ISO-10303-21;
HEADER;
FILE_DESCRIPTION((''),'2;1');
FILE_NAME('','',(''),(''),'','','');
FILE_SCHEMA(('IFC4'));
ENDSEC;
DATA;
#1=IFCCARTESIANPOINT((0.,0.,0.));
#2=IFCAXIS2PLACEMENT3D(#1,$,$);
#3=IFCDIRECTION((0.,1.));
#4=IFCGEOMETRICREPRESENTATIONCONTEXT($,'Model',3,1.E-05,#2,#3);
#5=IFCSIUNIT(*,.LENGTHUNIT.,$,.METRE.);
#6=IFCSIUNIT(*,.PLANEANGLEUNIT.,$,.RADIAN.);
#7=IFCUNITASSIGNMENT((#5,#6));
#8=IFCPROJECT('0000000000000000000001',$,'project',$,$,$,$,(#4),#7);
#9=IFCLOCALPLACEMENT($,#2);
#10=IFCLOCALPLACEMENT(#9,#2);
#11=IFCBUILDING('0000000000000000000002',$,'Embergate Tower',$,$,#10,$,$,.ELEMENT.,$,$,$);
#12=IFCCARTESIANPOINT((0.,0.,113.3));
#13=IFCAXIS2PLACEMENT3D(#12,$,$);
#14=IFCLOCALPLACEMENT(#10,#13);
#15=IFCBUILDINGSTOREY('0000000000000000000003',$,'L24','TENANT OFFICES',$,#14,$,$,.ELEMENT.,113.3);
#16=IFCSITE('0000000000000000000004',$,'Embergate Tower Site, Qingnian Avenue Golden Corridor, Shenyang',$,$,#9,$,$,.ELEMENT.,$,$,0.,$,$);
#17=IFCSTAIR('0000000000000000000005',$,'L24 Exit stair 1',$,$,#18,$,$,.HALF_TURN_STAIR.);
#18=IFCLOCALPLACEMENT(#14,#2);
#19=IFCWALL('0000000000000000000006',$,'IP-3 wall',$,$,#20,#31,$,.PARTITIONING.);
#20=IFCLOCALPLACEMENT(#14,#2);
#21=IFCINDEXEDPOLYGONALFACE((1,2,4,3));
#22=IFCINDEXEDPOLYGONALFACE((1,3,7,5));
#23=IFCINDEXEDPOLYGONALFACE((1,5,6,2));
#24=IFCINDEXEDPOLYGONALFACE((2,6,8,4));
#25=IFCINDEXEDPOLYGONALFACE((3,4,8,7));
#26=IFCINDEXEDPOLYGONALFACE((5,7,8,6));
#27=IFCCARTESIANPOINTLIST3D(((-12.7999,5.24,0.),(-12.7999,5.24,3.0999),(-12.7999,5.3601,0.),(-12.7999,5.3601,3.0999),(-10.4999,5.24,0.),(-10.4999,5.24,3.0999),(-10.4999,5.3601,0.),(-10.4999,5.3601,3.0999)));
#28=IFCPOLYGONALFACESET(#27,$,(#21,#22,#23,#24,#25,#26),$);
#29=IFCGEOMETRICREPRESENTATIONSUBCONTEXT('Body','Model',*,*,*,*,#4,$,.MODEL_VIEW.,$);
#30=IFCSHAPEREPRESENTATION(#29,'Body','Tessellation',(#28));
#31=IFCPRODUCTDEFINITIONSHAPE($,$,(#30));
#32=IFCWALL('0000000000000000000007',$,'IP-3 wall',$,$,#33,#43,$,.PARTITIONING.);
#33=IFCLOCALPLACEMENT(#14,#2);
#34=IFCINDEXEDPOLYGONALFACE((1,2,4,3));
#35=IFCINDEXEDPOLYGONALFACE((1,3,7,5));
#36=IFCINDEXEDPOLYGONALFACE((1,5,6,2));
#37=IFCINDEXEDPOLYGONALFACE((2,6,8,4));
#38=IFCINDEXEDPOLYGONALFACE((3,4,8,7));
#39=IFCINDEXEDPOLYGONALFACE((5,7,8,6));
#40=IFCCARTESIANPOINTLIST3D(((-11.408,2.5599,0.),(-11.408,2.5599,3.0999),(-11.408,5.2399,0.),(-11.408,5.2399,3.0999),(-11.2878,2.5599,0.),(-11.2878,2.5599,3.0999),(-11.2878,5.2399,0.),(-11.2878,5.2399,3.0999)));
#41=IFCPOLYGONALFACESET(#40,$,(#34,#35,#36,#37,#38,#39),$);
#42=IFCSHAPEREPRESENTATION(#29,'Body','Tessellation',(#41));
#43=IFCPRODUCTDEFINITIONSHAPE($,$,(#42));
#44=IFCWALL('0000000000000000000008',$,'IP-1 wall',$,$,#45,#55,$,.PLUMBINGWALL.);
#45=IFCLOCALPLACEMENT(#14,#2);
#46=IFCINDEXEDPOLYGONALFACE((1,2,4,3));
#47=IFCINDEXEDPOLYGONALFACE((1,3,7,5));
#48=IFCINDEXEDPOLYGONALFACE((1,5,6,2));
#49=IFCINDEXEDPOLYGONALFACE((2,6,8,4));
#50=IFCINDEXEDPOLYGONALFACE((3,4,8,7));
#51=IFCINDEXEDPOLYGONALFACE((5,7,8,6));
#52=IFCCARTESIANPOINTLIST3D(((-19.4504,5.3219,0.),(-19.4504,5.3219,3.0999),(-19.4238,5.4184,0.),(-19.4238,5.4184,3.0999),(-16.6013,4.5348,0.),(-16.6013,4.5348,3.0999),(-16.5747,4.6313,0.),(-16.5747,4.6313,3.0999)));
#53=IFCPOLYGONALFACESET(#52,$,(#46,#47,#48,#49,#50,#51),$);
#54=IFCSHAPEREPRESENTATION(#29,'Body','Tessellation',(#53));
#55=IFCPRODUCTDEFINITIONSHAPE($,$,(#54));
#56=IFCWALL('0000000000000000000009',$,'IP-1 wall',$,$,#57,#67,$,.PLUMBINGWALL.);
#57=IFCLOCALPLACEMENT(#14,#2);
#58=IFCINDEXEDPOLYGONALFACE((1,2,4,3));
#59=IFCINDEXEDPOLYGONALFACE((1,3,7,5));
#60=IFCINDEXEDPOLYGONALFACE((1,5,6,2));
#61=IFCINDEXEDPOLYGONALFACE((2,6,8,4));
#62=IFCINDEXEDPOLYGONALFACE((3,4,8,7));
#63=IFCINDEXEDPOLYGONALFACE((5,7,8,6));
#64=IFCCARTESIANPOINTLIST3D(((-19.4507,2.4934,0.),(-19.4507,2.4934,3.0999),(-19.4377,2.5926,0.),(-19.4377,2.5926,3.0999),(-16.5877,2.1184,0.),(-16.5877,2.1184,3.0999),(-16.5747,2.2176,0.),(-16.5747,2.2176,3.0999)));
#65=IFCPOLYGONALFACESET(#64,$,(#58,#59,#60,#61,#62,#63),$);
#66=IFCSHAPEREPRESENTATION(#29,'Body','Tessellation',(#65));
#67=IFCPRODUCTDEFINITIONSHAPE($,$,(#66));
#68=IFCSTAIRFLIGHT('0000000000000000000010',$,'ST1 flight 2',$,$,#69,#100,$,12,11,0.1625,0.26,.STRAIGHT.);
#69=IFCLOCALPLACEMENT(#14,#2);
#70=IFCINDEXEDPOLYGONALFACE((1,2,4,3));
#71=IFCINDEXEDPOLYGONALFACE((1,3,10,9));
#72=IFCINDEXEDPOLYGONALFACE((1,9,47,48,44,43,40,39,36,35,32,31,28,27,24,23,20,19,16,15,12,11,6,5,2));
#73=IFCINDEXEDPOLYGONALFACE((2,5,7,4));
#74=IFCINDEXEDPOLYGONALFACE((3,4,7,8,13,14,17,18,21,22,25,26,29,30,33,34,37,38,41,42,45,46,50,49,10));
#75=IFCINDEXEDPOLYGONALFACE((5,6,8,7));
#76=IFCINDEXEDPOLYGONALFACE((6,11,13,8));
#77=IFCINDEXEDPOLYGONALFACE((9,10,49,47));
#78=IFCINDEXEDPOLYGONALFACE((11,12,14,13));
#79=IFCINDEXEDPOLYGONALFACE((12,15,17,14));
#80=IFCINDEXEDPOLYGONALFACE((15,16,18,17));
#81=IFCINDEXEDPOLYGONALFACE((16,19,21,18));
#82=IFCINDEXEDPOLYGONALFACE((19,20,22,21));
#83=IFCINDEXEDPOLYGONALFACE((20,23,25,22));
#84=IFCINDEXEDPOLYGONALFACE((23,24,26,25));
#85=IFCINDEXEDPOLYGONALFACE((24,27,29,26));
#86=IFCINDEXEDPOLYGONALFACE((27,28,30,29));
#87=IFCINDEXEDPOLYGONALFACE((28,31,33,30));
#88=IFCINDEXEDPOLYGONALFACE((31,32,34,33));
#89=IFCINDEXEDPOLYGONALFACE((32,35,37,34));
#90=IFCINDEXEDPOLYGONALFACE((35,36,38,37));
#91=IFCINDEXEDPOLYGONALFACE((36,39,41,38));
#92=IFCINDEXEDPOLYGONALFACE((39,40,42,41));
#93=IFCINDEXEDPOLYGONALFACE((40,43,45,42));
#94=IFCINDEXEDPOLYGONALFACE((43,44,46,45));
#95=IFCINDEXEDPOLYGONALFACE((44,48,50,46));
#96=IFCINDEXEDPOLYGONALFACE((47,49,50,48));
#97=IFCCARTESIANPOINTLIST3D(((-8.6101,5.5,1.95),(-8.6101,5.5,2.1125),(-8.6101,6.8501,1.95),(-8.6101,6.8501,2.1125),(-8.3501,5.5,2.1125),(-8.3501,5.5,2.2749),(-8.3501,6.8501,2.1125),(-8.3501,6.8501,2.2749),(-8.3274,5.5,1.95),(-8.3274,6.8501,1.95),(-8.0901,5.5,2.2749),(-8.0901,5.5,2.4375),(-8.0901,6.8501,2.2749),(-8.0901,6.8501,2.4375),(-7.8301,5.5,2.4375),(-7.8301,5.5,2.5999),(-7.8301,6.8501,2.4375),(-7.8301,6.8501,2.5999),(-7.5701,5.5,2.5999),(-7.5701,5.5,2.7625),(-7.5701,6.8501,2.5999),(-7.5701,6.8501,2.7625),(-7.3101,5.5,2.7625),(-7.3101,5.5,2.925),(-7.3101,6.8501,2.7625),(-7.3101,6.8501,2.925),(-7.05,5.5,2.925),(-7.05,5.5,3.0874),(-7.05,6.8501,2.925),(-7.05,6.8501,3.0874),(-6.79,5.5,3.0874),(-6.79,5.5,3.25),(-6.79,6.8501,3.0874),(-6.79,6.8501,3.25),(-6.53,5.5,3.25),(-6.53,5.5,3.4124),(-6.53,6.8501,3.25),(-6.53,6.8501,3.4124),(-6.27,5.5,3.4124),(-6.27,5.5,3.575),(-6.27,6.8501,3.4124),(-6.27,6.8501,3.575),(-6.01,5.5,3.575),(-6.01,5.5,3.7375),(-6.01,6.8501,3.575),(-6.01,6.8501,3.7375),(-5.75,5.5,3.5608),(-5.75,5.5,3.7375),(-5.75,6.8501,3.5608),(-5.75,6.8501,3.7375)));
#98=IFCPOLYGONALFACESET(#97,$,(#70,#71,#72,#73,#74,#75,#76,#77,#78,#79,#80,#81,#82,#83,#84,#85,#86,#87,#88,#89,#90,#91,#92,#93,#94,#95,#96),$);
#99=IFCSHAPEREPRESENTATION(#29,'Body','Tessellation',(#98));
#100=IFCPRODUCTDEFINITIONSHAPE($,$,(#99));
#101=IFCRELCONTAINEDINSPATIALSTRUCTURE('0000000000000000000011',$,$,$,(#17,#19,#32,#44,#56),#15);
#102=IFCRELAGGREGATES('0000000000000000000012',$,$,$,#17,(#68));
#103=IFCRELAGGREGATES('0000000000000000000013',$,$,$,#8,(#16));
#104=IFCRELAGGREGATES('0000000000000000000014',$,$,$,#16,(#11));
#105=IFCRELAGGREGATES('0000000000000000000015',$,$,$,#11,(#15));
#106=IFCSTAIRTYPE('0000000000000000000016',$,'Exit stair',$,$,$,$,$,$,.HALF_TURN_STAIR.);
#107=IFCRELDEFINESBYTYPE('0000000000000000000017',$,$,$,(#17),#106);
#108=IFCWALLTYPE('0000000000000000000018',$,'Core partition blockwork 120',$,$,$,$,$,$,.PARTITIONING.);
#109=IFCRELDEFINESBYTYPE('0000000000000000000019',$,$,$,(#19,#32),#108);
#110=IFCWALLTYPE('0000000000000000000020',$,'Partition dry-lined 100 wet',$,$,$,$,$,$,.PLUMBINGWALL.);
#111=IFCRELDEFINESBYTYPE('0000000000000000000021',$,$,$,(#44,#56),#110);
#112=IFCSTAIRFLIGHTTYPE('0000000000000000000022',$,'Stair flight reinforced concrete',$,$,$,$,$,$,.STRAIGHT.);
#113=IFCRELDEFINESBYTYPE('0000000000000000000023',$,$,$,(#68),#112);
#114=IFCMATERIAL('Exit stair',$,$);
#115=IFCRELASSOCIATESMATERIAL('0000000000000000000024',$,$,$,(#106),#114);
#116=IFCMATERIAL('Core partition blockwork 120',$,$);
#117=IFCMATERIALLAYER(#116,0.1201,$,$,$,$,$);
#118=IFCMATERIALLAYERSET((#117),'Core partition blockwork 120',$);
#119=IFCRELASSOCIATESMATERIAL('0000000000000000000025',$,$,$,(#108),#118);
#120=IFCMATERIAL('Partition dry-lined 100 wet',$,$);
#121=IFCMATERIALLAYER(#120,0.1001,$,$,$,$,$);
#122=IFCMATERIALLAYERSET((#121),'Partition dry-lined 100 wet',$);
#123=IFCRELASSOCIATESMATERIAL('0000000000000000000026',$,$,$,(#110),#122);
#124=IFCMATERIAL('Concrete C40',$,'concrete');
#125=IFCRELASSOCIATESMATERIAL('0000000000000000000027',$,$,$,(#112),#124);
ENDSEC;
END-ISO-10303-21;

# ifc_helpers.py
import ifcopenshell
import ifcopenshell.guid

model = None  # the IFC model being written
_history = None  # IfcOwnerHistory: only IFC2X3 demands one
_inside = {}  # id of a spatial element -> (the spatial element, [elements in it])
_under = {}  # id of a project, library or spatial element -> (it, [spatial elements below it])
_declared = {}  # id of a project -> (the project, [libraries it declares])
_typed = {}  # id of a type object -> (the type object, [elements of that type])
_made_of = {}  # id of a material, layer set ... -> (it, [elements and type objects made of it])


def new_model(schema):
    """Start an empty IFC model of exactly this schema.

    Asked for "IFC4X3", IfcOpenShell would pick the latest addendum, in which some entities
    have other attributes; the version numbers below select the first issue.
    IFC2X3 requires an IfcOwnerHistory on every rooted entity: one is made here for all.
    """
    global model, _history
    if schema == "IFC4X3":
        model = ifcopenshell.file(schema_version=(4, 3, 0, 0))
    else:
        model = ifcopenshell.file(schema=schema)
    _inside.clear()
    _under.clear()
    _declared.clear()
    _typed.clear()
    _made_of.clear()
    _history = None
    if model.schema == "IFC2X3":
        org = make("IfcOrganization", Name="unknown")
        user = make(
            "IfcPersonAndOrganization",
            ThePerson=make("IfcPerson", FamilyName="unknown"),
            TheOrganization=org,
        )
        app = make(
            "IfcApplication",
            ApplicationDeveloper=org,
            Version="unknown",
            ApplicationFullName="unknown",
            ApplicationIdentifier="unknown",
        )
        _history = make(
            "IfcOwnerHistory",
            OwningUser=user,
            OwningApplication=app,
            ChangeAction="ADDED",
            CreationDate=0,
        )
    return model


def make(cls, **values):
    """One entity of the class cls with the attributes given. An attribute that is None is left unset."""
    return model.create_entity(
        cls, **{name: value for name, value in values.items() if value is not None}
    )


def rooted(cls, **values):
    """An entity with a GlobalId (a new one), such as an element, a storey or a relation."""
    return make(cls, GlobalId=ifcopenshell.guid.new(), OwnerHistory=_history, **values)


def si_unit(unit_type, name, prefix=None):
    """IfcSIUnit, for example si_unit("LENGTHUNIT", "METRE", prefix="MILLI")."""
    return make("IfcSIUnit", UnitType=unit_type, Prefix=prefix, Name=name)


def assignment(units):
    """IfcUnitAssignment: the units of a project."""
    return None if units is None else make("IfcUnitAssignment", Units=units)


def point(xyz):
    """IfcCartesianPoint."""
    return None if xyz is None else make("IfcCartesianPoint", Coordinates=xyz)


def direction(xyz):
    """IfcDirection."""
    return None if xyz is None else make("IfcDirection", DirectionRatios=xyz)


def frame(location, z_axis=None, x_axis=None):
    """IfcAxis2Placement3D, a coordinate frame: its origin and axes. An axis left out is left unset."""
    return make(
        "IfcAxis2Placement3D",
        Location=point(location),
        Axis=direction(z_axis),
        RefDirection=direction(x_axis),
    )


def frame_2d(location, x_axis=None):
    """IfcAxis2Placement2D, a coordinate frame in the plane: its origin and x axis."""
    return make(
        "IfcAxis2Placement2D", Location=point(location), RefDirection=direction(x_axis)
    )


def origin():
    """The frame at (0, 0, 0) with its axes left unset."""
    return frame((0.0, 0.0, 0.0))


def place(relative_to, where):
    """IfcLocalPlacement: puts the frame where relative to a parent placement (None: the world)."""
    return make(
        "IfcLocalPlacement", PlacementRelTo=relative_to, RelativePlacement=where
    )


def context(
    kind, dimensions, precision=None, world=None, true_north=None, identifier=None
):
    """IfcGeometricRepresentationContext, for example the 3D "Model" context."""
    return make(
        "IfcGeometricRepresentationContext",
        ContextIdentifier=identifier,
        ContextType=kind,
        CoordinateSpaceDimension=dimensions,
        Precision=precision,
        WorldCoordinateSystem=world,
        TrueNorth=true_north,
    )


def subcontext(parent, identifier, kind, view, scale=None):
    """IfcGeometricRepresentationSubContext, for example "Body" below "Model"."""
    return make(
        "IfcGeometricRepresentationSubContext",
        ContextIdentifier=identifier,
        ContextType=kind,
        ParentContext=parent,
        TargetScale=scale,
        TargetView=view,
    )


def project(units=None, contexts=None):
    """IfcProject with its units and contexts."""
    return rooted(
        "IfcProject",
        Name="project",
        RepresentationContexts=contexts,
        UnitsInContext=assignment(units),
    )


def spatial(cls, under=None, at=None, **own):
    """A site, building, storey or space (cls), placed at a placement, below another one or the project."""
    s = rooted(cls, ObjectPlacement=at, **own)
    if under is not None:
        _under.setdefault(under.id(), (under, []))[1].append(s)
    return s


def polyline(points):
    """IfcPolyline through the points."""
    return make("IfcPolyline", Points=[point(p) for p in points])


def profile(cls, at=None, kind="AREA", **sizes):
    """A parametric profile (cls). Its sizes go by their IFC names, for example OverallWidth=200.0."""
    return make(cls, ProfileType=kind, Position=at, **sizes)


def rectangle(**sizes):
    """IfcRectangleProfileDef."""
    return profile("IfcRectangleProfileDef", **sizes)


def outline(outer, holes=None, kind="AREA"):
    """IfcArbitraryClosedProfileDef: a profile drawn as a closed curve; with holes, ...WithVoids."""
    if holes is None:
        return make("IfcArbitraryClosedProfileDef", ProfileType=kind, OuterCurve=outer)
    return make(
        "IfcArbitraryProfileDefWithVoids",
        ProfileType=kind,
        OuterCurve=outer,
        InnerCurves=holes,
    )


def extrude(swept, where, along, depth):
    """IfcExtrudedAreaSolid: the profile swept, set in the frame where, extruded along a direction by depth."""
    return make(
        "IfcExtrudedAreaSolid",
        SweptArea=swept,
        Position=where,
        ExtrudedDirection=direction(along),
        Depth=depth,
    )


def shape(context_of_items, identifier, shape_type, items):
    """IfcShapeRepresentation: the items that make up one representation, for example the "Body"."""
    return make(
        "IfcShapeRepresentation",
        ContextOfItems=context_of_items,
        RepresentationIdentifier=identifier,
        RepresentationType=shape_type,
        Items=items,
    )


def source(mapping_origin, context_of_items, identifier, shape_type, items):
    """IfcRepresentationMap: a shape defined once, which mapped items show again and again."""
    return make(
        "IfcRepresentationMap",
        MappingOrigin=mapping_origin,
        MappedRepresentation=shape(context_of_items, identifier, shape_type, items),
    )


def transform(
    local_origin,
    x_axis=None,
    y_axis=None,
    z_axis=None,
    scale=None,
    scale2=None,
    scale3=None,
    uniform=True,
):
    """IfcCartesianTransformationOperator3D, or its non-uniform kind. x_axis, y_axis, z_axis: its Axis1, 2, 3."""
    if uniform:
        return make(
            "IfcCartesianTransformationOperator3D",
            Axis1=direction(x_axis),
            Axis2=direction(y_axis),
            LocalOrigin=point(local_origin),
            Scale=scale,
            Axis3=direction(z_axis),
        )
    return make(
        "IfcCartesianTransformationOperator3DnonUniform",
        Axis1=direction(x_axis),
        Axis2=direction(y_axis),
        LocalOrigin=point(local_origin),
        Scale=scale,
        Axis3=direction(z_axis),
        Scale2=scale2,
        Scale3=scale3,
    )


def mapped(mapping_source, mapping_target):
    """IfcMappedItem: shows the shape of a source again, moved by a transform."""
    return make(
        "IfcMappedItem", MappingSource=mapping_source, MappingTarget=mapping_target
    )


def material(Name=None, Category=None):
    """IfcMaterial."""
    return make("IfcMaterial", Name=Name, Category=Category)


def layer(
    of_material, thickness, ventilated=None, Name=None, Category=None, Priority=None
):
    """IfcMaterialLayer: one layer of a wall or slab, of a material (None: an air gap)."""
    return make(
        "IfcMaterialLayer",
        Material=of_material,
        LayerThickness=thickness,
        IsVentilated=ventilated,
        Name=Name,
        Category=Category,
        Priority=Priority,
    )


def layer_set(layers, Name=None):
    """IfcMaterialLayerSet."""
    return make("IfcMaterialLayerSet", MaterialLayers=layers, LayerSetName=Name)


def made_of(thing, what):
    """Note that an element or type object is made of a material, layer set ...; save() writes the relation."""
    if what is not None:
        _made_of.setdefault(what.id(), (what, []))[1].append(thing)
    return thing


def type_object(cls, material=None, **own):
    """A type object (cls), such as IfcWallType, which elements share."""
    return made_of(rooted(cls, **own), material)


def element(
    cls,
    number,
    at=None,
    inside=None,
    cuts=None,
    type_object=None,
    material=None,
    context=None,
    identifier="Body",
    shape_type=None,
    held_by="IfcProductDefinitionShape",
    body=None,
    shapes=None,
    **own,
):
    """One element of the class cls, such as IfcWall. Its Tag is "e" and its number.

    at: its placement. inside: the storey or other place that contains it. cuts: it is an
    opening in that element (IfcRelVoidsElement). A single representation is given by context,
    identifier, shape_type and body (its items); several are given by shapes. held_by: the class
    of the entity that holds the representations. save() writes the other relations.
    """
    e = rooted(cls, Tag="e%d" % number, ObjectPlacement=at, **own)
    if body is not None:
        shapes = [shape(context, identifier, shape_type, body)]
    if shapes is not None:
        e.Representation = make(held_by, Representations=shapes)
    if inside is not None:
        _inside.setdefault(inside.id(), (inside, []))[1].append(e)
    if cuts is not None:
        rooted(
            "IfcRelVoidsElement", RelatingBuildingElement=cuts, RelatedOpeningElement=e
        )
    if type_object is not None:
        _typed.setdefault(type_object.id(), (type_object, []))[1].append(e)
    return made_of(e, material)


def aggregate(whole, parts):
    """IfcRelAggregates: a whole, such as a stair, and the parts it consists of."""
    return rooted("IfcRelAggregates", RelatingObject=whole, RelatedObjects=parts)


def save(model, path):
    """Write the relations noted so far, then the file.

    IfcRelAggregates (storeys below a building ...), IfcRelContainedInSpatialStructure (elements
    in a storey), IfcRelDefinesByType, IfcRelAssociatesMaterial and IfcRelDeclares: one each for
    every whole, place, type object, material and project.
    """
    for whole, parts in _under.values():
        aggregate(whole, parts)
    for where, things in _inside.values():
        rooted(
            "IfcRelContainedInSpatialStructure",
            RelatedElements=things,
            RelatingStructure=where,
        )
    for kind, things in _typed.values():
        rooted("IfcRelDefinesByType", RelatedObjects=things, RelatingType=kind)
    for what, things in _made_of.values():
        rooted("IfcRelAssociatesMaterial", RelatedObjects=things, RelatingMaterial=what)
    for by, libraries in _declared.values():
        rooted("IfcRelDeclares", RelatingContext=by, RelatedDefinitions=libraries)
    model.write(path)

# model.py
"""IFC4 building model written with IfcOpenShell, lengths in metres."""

from ifc_helpers import new_model, si_unit, direction, frame, frame_2d, origin, place, context, subcontext, project, spatial, polyline, rectangle, outline, extrude, source, transform, mapped, material, layer, layer_set, type_object, element, aggregate, save


model = new_model("IFC4")

# Units and contexts
model_context = context("Model", 3, precision=1e-05, world=origin(), true_north=direction((0.0, 1.0)))
body_context = subcontext(model_context, "Body", "Model", "MODEL_VIEW")
ifc_project = project(units=[si_unit("LENGTHUNIT", "METRE"), si_unit("PLANEANGLEUNIT", "RADIAN")], contexts=[model_context])

# Site, building, storey
site_placement = place(None, origin())
site = spatial("IfcSite", under=ifc_project, at=site_placement, Name="Embergate Tower Site, Qingnian Avenue Golden Corridor, Shenyang", CompositionType="ELEMENT", RefElevation=0.0)
building_placement = place(site_placement, origin())
building = spatial("IfcBuilding", under=site, at=building_placement, Name="Embergate Tower", CompositionType="ELEMENT")
storey_placement = place(building_placement, frame((0.0, 0.0, 113.3)))
storey = spatial("IfcBuildingStorey", under=building, at=storey_placement, Name="L24", Description="TENANT OFFICES", CompositionType="ELEMENT", Elevation=113.3)

# Stair
ifc_material_1 = material(Name="Exit stair")
stair_type = type_object("IfcStairType", Name="Exit stair", PredefinedType="HALF_TURN_STAIR", material=ifc_material_1)
stair_placement = place(storey_placement, origin())
stair = element("IfcStair", 1, at=stair_placement, inside=storey, type_object=stair_type, Name="L24 Exit stair 1", PredefinedType="HALF_TURN_STAIR")
ifc_material_2 = material(Name="Concrete C40", Category="concrete")

# Shared definitions
ifc_material_3 = material(Name="Core partition blockwork 120")
ifc_layer_1 = layer(ifc_material_3, 0.1201)
ifc_layer_set_1 = layer_set([ifc_layer_1], Name="Core partition blockwork 120")
wall_type_1 = type_object("IfcWallType", Name="Core partition blockwork 120", PredefinedType="PARTITIONING", material=ifc_layer_set_1)

# Shared definitions
shared_shape_1 = source(origin(), body_context, "Body", "SweptSolid", [
    extrude(rectangle(XDim=2.3, YDim=0.1201, at=frame_2d((1.1499, 0.0))), origin(), (0.0, 0.0, 1.0), 3.0999),
])

# Walls
wall_1_placement = place(storey_placement, frame((-10.5, 5.3, 0.0), z_axis=(0.0, 0.0, 1.0), x_axis=(-1.0, 0.0, 0.0)))
element("IfcWall", 2, at=wall_1_placement, inside=storey, type_object=wall_type_1, Name="IP-3 wall", PredefinedType="PARTITIONING", context=body_context, shape_type="MappedRepresentation", body=[
    mapped(shared_shape_1, transform((0.0, 0.0, 0.0))),
])
shared_shape_2 = source(origin(), body_context, "Body", "SweptSolid", [
    extrude(rectangle(XDim=2.6799, YDim=0.1201, at=frame_2d((1.3398, 0.0))), origin(), (0.0, 0.0, 1.0), 3.0999),
])
wall_2_placement = place(storey_placement, frame((-11.3479, 2.5601, 0.0), z_axis=(0.0, 0.0, 1.0), x_axis=(0.0, 1.0, 0.0)))
element("IfcWall", 3, at=wall_2_placement, inside=storey, type_object=wall_type_1, Name="IP-3 wall", PredefinedType="PARTITIONING", context=body_context, shape_type="MappedRepresentation", body=[
    mapped(shared_shape_2, transform((0.0, 0.0, 0.0))),
])
ifc_material_4 = material(Name="Partition dry-lined 100 wet")
ifc_layer_2 = layer(ifc_material_4, 0.1001)
ifc_layer_set_2 = layer_set([ifc_layer_2], Name="Partition dry-lined 100 wet")
wall_type_2 = type_object("IfcWallType", Name="Partition dry-lined 100 wet", PredefinedType="PLUMBINGWALL", material=ifc_layer_set_2)
shared_shape_3 = source(origin(), body_context, "Body", "SweptSolid", [
    extrude(rectangle(XDim=2.9558, YDim=0.1001, at=frame_2d((1.478, 0.0))), origin(), (0.0, 0.0, 1.0), 3.0999),
])
wall_3_placement = place(storey_placement, frame((-16.5879, 4.583, 0.0), z_axis=(0.0, 0.0, 1.0), x_axis=(-0.963893, 0.266289, 0.0)))
element("IfcWall", 4, at=wall_3_placement, inside=storey, type_object=wall_type_2, Name="IP-1 wall", PredefinedType="PLUMBINGWALL", context=body_context, shape_type="MappedRepresentation", body=[
    mapped(shared_shape_3, transform((0.0, 0.0, 0.0))),
])
shared_shape_4 = source(origin(), body_context, "Body", "SweptSolid", [
    extrude(rectangle(XDim=2.8875, YDim=0.1001, at=frame_2d((1.4438, 0.0))), origin(), (0.0, 0.0, 1.0), 3.0999),
])
wall_4_placement = place(storey_placement, frame((-16.5811, 2.168, 0.0), z_axis=(0.0, 0.0, 1.0), x_axis=(-0.991531, 0.129871, 0.0)))
element("IfcWall", 5, at=wall_4_placement, inside=storey, type_object=wall_type_2, Name="IP-1 wall", PredefinedType="PLUMBINGWALL", context=body_context, shape_type="MappedRepresentation", body=[
    mapped(shared_shape_4, transform((0.0, 0.0, 0.0))),
])

# Stair flight
stair_flight_type = type_object("IfcStairFlightType", Name="Stair flight reinforced concrete", PredefinedType="STRAIGHT", material=ifc_material_2)
shared_shape_5 = source(origin(), body_context, "Body", "SweptSolid", [
    extrude(outline(polyline([(0.0, 0.0), (0.0, 0.1626), (0.26, 0.1626), (0.26, 0.325), (0.52, 0.325), (0.52, 0.4875), (0.78, 0.4875), (0.78, 0.6499), (1.04, 0.6499), (1.04, 0.8125), (1.3, 0.8125), (1.3, 0.9751), (1.5601, 0.9751), (1.5601, 1.1375), (1.8201, 1.1375), (1.8201, 1.3), (2.0801, 1.3), (2.0801, 1.4624), (2.3401, 1.4624), (2.3401, 1.625), (2.6001, 1.625), (2.6001, 1.7876), (2.8601, 1.7876), (2.8601, 1.95), (2.8601, 1.6108), (0.2827, 0.0), (0.0, 0.0)])), frame((0.0, 0.675, 0.0), z_axis=(0.0, -1.0, 0.0), x_axis=(1.0, 0.0, 0.0)), (0.0, 0.0, 1.0), 1.3501),
])
stair_flight_placement = place(storey_placement, frame((-8.6101, 6.175, 1.95), z_axis=(0.0, 0.0, 1.0), x_axis=(1.0, 0.0, 0.0)))
stair_flight = element("IfcStairFlight", 6, at=stair_flight_placement, type_object=stair_flight_type, Name="ST1 flight 2", NumberOfRisers=12, NumberOfTreads=11, PredefinedType="STRAIGHT", RiserHeight=0.1625, TreadLength=0.26, context=body_context, shape_type="MappedRepresentation", body=[
    mapped(shared_shape_5, transform((0.0, 0.0, 0.0))),
])
aggregate(stair, [stair_flight])

save(model, "model.ifc")
